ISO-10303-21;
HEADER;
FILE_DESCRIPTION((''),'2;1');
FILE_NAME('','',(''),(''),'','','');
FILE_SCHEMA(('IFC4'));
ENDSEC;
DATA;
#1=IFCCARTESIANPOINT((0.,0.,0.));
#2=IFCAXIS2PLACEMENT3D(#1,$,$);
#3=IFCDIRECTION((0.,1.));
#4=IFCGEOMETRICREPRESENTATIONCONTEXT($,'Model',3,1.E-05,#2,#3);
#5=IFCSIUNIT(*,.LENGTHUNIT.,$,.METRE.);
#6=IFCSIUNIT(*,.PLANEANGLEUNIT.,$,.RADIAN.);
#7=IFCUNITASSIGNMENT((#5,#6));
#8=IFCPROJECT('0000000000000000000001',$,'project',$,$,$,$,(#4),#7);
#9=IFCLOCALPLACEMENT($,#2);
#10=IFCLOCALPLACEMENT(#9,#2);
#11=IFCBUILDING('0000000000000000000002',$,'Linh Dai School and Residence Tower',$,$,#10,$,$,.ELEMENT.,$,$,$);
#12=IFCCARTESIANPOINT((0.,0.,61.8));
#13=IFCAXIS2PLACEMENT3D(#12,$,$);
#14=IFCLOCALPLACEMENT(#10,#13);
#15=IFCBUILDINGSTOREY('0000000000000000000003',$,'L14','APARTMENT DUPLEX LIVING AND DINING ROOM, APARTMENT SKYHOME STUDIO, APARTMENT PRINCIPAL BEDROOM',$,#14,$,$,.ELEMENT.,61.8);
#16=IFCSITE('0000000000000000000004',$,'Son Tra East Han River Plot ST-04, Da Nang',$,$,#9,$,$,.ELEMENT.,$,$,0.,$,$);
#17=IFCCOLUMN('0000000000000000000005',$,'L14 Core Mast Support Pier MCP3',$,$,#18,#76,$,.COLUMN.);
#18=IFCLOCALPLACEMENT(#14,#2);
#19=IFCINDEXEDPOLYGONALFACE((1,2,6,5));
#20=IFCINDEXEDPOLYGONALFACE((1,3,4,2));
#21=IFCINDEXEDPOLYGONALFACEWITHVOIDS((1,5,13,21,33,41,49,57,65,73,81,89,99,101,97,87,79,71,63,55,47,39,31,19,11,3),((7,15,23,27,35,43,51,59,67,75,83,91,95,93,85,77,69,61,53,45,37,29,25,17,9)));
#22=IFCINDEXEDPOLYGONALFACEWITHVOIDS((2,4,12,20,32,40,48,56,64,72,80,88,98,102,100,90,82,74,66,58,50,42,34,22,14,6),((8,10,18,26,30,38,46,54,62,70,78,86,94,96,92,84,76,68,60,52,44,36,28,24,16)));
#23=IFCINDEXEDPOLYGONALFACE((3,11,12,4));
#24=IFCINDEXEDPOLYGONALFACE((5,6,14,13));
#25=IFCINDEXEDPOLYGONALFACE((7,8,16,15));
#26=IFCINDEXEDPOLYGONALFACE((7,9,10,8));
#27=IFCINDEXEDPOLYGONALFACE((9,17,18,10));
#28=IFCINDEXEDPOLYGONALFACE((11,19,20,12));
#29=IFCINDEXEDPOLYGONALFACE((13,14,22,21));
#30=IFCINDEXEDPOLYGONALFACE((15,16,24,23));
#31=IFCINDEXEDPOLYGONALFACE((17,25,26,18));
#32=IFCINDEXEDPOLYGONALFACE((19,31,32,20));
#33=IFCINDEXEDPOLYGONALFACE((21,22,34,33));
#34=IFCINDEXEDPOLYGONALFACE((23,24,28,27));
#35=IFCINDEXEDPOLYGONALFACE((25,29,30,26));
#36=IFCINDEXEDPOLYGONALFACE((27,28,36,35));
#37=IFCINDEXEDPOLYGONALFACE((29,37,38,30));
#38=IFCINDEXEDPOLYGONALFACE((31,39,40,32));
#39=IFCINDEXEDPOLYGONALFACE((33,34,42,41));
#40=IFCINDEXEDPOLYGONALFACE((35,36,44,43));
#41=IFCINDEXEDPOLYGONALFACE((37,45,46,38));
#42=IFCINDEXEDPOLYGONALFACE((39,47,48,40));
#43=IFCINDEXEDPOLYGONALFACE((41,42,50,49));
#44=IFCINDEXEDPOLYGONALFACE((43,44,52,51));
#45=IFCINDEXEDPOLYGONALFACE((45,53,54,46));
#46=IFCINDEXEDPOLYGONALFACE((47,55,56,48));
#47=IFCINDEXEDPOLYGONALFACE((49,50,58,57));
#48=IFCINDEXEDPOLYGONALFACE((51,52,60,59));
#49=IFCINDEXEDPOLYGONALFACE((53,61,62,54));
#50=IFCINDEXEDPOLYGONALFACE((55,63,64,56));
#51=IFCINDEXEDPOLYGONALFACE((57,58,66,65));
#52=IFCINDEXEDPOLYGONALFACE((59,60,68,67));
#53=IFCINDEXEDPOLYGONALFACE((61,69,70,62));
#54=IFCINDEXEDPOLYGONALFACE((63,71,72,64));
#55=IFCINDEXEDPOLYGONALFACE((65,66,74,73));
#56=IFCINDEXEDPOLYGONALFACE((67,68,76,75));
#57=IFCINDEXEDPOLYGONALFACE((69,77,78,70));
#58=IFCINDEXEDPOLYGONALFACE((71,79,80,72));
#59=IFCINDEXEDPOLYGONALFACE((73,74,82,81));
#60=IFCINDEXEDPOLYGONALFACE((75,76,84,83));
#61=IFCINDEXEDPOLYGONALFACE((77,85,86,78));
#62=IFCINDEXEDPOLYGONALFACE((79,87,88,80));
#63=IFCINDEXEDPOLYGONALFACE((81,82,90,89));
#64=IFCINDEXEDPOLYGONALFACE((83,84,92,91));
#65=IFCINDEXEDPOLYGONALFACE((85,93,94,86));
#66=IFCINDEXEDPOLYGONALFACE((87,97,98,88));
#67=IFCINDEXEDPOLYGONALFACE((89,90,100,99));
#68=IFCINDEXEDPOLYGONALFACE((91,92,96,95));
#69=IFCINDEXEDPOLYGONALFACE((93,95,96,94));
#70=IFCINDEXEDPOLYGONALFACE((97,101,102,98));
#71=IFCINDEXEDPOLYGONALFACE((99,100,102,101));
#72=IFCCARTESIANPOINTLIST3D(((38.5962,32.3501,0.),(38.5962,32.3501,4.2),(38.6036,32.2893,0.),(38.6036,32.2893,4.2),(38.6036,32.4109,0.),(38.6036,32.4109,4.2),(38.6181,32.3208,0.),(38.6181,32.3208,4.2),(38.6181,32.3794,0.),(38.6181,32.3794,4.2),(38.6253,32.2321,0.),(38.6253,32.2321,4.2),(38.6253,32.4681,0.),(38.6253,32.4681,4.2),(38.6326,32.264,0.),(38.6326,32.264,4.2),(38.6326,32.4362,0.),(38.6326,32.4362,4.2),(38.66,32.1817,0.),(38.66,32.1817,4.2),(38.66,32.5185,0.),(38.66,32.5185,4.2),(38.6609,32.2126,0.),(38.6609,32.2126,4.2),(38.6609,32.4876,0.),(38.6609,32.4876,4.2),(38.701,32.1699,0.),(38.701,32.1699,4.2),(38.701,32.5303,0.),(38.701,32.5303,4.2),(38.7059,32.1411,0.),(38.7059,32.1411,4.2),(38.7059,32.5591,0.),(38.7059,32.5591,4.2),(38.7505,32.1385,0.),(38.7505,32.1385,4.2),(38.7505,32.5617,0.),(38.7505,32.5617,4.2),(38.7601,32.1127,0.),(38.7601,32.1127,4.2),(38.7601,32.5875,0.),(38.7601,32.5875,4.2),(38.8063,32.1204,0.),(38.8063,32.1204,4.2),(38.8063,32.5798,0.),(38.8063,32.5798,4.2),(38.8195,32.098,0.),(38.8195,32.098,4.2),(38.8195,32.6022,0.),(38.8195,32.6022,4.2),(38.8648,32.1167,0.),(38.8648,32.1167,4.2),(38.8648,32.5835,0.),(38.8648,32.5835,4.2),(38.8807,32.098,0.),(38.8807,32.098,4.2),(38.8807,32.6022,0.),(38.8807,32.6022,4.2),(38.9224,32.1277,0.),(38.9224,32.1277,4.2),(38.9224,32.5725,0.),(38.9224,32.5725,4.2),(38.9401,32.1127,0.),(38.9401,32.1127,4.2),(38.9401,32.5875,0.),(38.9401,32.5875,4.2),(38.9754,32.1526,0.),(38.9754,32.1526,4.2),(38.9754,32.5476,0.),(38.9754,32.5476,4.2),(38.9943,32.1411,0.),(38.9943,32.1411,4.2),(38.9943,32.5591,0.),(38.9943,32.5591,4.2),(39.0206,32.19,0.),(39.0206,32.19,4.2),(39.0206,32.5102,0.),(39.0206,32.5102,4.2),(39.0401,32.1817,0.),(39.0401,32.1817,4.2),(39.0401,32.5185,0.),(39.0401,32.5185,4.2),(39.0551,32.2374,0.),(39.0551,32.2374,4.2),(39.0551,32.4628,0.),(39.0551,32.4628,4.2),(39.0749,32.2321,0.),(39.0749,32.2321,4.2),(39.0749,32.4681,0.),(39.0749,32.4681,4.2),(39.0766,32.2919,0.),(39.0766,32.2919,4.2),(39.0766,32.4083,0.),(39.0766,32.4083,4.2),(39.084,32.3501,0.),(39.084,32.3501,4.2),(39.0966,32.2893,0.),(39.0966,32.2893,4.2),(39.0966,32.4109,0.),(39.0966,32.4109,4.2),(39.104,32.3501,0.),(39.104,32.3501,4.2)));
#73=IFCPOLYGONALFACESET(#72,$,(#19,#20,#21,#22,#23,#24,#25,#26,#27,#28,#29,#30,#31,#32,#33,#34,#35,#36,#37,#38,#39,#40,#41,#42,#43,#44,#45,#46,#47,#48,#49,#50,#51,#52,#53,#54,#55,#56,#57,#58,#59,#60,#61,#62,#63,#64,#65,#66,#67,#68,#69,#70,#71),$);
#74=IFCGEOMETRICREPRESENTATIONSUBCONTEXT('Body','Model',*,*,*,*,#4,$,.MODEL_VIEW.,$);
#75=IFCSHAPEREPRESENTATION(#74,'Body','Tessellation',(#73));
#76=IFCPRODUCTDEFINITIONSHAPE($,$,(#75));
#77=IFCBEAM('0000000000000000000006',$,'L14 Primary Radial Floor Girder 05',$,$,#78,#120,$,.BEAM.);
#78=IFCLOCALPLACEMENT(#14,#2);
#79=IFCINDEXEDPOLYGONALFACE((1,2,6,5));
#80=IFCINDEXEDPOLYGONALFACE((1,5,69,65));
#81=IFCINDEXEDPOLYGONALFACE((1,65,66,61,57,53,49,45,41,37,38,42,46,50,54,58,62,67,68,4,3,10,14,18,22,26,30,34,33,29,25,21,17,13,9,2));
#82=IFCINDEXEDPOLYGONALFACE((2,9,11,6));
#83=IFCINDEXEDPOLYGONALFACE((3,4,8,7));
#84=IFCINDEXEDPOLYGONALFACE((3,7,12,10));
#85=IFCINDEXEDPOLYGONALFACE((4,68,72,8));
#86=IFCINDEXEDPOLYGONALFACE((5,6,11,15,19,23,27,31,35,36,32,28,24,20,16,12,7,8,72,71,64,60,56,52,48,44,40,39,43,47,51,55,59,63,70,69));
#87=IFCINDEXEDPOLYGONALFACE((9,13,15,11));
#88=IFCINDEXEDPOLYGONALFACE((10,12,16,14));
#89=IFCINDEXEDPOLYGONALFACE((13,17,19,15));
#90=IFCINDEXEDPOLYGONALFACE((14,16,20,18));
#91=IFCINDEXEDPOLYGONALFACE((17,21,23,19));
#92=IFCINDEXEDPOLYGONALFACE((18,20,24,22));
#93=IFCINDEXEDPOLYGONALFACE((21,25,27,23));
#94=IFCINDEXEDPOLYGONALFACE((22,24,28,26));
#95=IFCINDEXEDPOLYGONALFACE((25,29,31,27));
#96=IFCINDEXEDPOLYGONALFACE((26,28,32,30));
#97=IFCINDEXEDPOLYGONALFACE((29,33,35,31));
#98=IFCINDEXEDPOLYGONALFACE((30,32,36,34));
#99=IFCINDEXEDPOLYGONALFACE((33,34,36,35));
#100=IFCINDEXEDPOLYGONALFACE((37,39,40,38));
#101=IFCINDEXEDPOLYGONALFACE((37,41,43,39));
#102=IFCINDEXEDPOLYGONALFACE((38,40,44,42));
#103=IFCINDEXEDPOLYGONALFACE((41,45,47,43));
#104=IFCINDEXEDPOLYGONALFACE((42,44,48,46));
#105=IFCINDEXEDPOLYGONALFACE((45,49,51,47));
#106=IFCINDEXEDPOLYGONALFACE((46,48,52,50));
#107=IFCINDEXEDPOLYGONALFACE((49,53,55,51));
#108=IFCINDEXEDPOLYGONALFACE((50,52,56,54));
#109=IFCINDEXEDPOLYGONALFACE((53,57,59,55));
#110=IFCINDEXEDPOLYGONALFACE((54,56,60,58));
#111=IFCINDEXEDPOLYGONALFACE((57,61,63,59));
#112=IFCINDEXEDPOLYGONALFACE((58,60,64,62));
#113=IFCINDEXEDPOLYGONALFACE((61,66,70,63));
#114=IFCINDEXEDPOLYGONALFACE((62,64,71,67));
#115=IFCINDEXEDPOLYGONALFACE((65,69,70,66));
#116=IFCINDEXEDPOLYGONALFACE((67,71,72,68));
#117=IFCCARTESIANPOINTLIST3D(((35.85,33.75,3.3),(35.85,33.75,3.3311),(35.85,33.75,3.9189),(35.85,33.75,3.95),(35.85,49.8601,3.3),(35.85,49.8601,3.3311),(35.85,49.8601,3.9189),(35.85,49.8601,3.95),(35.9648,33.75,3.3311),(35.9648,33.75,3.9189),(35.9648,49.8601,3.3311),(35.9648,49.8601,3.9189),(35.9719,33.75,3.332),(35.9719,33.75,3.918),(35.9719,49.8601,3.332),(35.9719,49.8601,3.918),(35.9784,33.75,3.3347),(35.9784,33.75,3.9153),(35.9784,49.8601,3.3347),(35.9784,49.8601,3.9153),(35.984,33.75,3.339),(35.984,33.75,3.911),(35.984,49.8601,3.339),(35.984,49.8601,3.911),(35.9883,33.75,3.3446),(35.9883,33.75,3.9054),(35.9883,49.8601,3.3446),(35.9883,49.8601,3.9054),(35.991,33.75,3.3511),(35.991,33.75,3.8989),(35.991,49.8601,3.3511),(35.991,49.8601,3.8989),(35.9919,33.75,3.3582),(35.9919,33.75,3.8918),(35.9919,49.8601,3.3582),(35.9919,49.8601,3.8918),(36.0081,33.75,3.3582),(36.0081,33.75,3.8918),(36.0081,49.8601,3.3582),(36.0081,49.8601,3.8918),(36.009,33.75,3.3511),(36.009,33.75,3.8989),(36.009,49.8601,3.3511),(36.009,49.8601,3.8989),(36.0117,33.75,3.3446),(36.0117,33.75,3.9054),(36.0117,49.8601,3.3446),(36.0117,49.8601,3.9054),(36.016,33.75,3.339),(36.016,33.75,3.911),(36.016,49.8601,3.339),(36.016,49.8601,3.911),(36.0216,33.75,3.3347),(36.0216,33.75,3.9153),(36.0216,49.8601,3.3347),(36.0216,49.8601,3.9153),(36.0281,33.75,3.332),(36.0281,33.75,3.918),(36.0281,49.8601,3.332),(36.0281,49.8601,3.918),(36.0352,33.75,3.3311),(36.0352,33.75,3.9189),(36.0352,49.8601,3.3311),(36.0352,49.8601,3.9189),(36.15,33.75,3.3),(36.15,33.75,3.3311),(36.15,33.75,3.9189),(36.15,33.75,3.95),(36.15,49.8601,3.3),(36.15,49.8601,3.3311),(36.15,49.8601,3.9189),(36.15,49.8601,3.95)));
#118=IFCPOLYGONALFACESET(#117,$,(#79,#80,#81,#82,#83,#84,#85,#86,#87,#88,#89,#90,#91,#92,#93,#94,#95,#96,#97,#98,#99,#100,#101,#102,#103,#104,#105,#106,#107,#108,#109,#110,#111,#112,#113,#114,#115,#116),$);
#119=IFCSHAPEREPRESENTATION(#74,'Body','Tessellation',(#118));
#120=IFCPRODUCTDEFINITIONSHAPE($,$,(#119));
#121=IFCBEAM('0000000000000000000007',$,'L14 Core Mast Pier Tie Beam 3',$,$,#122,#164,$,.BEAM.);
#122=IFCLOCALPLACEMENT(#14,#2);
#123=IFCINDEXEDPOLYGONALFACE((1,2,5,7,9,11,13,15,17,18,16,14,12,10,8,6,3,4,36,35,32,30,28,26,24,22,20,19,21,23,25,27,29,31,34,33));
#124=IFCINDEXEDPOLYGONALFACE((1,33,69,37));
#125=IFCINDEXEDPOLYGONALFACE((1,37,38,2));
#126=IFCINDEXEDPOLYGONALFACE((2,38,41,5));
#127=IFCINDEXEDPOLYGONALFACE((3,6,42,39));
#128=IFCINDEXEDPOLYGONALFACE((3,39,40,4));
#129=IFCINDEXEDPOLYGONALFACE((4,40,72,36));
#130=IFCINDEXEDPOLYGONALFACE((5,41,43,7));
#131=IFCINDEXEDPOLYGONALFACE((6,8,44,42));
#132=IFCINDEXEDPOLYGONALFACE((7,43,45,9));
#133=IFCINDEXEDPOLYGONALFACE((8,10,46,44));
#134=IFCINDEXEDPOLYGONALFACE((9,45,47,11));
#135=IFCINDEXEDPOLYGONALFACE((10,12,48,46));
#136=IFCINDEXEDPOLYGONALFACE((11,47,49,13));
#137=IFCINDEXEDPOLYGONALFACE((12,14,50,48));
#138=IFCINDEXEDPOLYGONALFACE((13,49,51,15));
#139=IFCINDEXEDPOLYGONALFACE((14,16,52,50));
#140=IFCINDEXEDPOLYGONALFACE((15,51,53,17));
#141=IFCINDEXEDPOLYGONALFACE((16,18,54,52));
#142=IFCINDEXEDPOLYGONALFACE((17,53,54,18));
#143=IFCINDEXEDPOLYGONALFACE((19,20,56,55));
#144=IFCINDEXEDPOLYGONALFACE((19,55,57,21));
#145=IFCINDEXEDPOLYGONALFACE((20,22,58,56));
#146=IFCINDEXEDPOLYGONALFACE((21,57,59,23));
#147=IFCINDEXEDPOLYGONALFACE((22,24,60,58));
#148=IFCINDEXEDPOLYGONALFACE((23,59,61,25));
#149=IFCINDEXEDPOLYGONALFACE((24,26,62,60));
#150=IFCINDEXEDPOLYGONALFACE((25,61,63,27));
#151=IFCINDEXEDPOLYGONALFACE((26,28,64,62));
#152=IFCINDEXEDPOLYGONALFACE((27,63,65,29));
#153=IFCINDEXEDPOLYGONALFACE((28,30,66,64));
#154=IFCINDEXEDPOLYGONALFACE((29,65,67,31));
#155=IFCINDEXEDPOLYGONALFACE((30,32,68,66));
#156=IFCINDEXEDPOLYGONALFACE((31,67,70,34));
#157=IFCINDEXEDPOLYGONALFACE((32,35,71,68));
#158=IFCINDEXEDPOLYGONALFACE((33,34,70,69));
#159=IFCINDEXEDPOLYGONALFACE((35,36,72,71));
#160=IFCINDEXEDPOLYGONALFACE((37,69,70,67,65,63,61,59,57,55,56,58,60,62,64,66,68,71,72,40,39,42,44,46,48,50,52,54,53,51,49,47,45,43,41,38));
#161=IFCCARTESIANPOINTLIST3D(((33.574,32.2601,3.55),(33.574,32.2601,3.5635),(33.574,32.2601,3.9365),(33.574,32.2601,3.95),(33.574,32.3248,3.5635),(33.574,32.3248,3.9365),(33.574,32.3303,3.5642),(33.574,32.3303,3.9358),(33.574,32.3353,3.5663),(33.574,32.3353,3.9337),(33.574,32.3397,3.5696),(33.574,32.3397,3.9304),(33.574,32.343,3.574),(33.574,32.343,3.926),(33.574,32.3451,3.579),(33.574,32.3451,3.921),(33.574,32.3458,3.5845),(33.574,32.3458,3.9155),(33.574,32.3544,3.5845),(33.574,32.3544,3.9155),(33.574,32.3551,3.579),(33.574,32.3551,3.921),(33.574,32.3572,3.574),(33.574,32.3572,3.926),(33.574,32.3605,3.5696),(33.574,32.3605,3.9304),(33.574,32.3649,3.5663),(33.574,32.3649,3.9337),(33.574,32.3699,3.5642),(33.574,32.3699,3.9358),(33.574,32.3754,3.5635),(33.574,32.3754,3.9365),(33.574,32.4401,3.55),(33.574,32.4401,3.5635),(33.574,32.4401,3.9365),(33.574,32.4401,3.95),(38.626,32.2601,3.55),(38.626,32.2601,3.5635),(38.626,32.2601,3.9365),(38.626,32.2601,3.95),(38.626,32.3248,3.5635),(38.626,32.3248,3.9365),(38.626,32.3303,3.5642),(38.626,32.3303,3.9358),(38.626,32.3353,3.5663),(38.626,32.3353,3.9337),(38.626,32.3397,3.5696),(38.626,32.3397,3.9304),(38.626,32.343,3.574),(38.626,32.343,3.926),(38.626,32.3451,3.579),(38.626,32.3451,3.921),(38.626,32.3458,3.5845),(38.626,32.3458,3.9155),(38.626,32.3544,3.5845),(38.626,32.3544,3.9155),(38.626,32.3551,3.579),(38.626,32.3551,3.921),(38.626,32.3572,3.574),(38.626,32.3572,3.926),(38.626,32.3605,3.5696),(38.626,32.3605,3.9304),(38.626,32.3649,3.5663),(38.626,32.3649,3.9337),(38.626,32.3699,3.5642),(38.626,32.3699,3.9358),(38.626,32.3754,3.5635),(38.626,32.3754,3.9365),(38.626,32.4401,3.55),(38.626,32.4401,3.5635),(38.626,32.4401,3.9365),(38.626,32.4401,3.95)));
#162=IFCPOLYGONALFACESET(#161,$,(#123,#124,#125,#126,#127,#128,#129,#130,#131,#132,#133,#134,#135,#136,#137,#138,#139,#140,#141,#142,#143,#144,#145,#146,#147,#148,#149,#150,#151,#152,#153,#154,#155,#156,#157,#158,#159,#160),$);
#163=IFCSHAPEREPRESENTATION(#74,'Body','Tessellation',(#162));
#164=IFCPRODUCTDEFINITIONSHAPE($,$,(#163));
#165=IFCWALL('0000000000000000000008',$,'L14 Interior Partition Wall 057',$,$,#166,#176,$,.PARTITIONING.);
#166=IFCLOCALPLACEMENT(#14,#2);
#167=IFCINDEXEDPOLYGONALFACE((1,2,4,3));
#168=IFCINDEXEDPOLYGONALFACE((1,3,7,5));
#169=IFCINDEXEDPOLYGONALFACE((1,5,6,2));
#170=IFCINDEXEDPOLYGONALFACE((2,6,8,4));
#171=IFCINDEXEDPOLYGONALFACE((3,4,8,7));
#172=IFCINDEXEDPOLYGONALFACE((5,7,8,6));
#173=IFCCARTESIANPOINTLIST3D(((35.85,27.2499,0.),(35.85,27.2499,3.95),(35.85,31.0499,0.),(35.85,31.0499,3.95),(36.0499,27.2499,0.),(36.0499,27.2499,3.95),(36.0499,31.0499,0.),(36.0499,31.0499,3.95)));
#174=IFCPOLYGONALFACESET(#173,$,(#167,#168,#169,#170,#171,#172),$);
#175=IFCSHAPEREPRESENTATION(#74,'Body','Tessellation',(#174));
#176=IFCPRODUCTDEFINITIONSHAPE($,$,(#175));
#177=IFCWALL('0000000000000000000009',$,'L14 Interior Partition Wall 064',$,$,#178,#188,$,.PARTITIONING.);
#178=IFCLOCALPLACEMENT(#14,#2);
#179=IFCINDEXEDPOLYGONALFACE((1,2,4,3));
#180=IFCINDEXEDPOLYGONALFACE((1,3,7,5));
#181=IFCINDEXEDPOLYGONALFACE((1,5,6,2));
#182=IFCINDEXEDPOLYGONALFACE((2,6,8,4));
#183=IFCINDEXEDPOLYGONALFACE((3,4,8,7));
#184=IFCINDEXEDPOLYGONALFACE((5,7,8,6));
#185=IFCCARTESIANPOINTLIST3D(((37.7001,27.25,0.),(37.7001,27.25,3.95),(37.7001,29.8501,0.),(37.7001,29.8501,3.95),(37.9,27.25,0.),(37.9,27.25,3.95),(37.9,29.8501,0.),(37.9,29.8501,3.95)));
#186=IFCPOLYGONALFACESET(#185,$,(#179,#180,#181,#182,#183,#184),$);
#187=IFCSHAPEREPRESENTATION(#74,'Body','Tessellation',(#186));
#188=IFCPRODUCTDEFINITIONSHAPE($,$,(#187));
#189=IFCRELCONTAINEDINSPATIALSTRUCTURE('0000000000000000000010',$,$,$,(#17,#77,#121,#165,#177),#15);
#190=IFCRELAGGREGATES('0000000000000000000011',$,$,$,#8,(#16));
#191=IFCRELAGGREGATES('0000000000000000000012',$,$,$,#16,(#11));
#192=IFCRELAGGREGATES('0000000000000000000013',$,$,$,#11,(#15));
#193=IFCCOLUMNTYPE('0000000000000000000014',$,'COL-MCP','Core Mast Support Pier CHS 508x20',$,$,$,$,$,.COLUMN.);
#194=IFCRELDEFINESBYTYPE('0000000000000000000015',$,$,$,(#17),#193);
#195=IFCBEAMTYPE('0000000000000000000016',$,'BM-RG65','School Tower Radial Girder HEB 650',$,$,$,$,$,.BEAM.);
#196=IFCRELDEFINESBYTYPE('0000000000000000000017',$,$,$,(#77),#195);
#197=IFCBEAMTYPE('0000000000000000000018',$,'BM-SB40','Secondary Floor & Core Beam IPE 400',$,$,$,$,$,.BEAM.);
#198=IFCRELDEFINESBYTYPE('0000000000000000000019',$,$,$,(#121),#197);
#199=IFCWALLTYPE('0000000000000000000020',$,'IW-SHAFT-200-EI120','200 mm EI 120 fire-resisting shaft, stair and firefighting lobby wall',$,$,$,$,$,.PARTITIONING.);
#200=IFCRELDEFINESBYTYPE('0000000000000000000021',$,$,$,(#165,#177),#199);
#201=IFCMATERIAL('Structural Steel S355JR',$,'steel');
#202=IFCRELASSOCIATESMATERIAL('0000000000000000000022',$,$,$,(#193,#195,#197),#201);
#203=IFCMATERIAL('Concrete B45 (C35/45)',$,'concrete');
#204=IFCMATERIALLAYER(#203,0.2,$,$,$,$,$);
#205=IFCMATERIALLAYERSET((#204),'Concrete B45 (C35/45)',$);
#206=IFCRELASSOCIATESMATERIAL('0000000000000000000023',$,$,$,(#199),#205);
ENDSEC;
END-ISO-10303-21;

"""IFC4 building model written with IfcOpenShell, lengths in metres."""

from ifc_helpers import new_model, si_unit, direction, frame, frame_2d, origin, origin_2d, place, context, subcontext, project, spatial, rectangle, hollow_circle, i_section, extrude, material, layer, layer_set, material_profile, profile_set, type_object, element, save


model = new_model("IFC4")

# Units and contexts
model_context = context("Model", 3, precision=1e-05, world=origin(), true_north=direction((0.0, 1.0)))
body_context = subcontext(model_context, "Body", "Model", "MODEL_VIEW")
ifc_project = project(units=[si_unit("LENGTHUNIT", "METRE"), si_unit("PLANEANGLEUNIT", "RADIAN")], contexts=[model_context])

# Site, building, storey
site_placement = place(None, origin())
site = spatial("IfcSite", under=ifc_project, at=site_placement, Name="Son Tra East Han River Plot ST-04, Da Nang", CompositionType="ELEMENT", RefElevation=0.0)
building_placement = place(site_placement, origin())
building = spatial("IfcBuilding", under=site, at=building_placement, Name="Linh Dai School and Residence Tower", CompositionType="ELEMENT")
storey_placement = place(building_placement, frame((0.0, 0.0, 61.8)))
storey = spatial("IfcBuildingStorey", under=building, at=storey_placement, Name="L14", Description="APARTMENT DUPLEX LIVING AND DINING ROOM, APARTMENT SKYHOME STUDIO, APARTMENT PRINCIPAL BEDROOM", CompositionType="ELEMENT", Elevation=61.8)

# Column
ifc_material_1 = material(Name="Structural Steel S355JR", Category="steel")
ifc_material_profile_1 = material_profile(ifc_material_1, hollow_circle(Radius=0.2539, WallThickness=0.02, at=origin_2d()), Name="CHS 508x20")
ifc_profile_set_1 = profile_set([ifc_material_profile_1], Name="Structural Steel S355JR")
column_type_1 = type_object("IfcColumnType", Name="COL-MCP", Description="Core Mast Support Pier CHS 508x20", PredefinedType="COLUMN", material=ifc_profile_set_1)
column_placement = place(storey_placement, frame((38.8501, 32.3501, 0.0), z_axis=(0.0, 0.0, 1.0), x_axis=(1.0, 0.0, 0.0)))
element("IfcColumn", 1, at=column_placement, inside=storey, type_object=column_type_1, Name="L14 Core Mast Support Pier MCP3", PredefinedType="COLUMN", context=body_context, shape_type="SweptSolid", body=[
    extrude(hollow_circle(Radius=0.2539, WallThickness=0.02, at=origin_2d()), origin(), (0.0, 0.0, 1.0), 4.2),
])

# Beams
ifc_material_profile_2 = material_profile(ifc_material_1, i_section(OverallWidth=0.3, OverallDepth=0.6499, WebThickness=0.0161, FlangeThickness=0.031, FilletRadius=0.0271, at=origin_2d()), Name="HEB 650")
ifc_profile_set_2 = profile_set([ifc_material_profile_2], Name="Structural Steel S355JR")
beam_type_1 = type_object("IfcBeamType", Name="BM-RG65", Description="School Tower Radial Girder HEB 650", PredefinedType="BEAM", material=ifc_profile_set_2)
beam_1_placement = place(storey_placement, frame((36.0, 33.75, 3.625), z_axis=(0.0, 1.0, 0.0), x_axis=(-1.0, 0.0, 0.0)))
element("IfcBeam", 2, at=beam_1_placement, inside=storey, type_object=beam_type_1, Name="L14 Primary Radial Floor Girder 05", PredefinedType="BEAM", context=body_context, shape_type="SweptSolid", body=[
    extrude(i_section(OverallWidth=0.3, OverallDepth=0.6499, WebThickness=0.0161, FlangeThickness=0.031, FilletRadius=0.0271, at=origin_2d()), origin(), (0.0, 0.0, 1.0), 16.1101),
])
ifc_material_profile_3 = material_profile(ifc_material_1, i_section(OverallWidth=0.1799, OverallDepth=0.3999, WebThickness=0.0085, FlangeThickness=0.0134, FilletRadius=0.021, at=origin_2d()), Name="IPE 400")
ifc_profile_set_3 = profile_set([ifc_material_profile_3], Name="Structural Steel S355JR")
beam_type_2 = type_object("IfcBeamType", Name="BM-SB40", Description="Secondary Floor & Core Beam IPE 400", PredefinedType="BEAM", material=ifc_profile_set_3)
beam_2_placement = place(storey_placement, frame((38.626, 32.3501, 3.75), z_axis=(-1.0, 0.0, 0.0), x_axis=(0.0, -1.0, 0.0)))
element("IfcBeam", 3, at=beam_2_placement, inside=storey, type_object=beam_type_2, Name="L14 Core Mast Pier Tie Beam 3", PredefinedType="BEAM", context=body_context, shape_type="SweptSolid", body=[
    extrude(i_section(OverallWidth=0.1799, OverallDepth=0.3999, WebThickness=0.0085, FlangeThickness=0.0134, FilletRadius=0.021, at=origin_2d()), origin(), (0.0, 0.0, 1.0), 5.052),
])

# Wall
ifc_material_2 = material(Name="Concrete B45 (C35/45)", Category="concrete")
ifc_layer_1 = layer(ifc_material_2, 0.2)
ifc_layer_set_1 = layer_set([ifc_layer_1], Name="Concrete B45 (C35/45)")
wall_type_1 = type_object("IfcWallType", Name="IW-SHAFT-200-EI120", Description="200 mm EI 120 fire-resisting shaft, stair and firefighting lobby wall", PredefinedType="PARTITIONING", material=ifc_layer_set_1)
wall_1_placement = place(storey_placement, frame((35.95, 27.25, 0.0), z_axis=(0.0, 0.0, 1.0), x_axis=(0.0, 1.0, 0.0)))
element("IfcWall", 4, at=wall_1_placement, inside=storey, type_object=wall_type_1, Name="L14 Interior Partition Wall 057", PredefinedType="PARTITIONING", context=body_context, shape_type="SweptSolid", body=[
    extrude(rectangle(XDim=3.8, YDim=0.2, at=frame_2d((1.8999, 0.0))), origin(), (0.0, 0.0, 1.0), 3.95),
])

# Wall
wall_2_placement = place(storey_placement, frame((37.8, 27.25, 0.0), z_axis=(0.0, 0.0, 1.0), x_axis=(0.0, 1.0, 0.0)))
element("IfcWall", 5, at=wall_2_placement, inside=storey, type_object=wall_type_1, Name="L14 Interior Partition Wall 064", PredefinedType="PARTITIONING", context=body_context, shape_type="SweptSolid", body=[
    extrude(rectangle(XDim=2.6001, YDim=0.2, at=frame_2d((1.3, 0.0))), origin(), (0.0, 0.0, 1.0), 3.95),
])

save(model, "model.ifc")
